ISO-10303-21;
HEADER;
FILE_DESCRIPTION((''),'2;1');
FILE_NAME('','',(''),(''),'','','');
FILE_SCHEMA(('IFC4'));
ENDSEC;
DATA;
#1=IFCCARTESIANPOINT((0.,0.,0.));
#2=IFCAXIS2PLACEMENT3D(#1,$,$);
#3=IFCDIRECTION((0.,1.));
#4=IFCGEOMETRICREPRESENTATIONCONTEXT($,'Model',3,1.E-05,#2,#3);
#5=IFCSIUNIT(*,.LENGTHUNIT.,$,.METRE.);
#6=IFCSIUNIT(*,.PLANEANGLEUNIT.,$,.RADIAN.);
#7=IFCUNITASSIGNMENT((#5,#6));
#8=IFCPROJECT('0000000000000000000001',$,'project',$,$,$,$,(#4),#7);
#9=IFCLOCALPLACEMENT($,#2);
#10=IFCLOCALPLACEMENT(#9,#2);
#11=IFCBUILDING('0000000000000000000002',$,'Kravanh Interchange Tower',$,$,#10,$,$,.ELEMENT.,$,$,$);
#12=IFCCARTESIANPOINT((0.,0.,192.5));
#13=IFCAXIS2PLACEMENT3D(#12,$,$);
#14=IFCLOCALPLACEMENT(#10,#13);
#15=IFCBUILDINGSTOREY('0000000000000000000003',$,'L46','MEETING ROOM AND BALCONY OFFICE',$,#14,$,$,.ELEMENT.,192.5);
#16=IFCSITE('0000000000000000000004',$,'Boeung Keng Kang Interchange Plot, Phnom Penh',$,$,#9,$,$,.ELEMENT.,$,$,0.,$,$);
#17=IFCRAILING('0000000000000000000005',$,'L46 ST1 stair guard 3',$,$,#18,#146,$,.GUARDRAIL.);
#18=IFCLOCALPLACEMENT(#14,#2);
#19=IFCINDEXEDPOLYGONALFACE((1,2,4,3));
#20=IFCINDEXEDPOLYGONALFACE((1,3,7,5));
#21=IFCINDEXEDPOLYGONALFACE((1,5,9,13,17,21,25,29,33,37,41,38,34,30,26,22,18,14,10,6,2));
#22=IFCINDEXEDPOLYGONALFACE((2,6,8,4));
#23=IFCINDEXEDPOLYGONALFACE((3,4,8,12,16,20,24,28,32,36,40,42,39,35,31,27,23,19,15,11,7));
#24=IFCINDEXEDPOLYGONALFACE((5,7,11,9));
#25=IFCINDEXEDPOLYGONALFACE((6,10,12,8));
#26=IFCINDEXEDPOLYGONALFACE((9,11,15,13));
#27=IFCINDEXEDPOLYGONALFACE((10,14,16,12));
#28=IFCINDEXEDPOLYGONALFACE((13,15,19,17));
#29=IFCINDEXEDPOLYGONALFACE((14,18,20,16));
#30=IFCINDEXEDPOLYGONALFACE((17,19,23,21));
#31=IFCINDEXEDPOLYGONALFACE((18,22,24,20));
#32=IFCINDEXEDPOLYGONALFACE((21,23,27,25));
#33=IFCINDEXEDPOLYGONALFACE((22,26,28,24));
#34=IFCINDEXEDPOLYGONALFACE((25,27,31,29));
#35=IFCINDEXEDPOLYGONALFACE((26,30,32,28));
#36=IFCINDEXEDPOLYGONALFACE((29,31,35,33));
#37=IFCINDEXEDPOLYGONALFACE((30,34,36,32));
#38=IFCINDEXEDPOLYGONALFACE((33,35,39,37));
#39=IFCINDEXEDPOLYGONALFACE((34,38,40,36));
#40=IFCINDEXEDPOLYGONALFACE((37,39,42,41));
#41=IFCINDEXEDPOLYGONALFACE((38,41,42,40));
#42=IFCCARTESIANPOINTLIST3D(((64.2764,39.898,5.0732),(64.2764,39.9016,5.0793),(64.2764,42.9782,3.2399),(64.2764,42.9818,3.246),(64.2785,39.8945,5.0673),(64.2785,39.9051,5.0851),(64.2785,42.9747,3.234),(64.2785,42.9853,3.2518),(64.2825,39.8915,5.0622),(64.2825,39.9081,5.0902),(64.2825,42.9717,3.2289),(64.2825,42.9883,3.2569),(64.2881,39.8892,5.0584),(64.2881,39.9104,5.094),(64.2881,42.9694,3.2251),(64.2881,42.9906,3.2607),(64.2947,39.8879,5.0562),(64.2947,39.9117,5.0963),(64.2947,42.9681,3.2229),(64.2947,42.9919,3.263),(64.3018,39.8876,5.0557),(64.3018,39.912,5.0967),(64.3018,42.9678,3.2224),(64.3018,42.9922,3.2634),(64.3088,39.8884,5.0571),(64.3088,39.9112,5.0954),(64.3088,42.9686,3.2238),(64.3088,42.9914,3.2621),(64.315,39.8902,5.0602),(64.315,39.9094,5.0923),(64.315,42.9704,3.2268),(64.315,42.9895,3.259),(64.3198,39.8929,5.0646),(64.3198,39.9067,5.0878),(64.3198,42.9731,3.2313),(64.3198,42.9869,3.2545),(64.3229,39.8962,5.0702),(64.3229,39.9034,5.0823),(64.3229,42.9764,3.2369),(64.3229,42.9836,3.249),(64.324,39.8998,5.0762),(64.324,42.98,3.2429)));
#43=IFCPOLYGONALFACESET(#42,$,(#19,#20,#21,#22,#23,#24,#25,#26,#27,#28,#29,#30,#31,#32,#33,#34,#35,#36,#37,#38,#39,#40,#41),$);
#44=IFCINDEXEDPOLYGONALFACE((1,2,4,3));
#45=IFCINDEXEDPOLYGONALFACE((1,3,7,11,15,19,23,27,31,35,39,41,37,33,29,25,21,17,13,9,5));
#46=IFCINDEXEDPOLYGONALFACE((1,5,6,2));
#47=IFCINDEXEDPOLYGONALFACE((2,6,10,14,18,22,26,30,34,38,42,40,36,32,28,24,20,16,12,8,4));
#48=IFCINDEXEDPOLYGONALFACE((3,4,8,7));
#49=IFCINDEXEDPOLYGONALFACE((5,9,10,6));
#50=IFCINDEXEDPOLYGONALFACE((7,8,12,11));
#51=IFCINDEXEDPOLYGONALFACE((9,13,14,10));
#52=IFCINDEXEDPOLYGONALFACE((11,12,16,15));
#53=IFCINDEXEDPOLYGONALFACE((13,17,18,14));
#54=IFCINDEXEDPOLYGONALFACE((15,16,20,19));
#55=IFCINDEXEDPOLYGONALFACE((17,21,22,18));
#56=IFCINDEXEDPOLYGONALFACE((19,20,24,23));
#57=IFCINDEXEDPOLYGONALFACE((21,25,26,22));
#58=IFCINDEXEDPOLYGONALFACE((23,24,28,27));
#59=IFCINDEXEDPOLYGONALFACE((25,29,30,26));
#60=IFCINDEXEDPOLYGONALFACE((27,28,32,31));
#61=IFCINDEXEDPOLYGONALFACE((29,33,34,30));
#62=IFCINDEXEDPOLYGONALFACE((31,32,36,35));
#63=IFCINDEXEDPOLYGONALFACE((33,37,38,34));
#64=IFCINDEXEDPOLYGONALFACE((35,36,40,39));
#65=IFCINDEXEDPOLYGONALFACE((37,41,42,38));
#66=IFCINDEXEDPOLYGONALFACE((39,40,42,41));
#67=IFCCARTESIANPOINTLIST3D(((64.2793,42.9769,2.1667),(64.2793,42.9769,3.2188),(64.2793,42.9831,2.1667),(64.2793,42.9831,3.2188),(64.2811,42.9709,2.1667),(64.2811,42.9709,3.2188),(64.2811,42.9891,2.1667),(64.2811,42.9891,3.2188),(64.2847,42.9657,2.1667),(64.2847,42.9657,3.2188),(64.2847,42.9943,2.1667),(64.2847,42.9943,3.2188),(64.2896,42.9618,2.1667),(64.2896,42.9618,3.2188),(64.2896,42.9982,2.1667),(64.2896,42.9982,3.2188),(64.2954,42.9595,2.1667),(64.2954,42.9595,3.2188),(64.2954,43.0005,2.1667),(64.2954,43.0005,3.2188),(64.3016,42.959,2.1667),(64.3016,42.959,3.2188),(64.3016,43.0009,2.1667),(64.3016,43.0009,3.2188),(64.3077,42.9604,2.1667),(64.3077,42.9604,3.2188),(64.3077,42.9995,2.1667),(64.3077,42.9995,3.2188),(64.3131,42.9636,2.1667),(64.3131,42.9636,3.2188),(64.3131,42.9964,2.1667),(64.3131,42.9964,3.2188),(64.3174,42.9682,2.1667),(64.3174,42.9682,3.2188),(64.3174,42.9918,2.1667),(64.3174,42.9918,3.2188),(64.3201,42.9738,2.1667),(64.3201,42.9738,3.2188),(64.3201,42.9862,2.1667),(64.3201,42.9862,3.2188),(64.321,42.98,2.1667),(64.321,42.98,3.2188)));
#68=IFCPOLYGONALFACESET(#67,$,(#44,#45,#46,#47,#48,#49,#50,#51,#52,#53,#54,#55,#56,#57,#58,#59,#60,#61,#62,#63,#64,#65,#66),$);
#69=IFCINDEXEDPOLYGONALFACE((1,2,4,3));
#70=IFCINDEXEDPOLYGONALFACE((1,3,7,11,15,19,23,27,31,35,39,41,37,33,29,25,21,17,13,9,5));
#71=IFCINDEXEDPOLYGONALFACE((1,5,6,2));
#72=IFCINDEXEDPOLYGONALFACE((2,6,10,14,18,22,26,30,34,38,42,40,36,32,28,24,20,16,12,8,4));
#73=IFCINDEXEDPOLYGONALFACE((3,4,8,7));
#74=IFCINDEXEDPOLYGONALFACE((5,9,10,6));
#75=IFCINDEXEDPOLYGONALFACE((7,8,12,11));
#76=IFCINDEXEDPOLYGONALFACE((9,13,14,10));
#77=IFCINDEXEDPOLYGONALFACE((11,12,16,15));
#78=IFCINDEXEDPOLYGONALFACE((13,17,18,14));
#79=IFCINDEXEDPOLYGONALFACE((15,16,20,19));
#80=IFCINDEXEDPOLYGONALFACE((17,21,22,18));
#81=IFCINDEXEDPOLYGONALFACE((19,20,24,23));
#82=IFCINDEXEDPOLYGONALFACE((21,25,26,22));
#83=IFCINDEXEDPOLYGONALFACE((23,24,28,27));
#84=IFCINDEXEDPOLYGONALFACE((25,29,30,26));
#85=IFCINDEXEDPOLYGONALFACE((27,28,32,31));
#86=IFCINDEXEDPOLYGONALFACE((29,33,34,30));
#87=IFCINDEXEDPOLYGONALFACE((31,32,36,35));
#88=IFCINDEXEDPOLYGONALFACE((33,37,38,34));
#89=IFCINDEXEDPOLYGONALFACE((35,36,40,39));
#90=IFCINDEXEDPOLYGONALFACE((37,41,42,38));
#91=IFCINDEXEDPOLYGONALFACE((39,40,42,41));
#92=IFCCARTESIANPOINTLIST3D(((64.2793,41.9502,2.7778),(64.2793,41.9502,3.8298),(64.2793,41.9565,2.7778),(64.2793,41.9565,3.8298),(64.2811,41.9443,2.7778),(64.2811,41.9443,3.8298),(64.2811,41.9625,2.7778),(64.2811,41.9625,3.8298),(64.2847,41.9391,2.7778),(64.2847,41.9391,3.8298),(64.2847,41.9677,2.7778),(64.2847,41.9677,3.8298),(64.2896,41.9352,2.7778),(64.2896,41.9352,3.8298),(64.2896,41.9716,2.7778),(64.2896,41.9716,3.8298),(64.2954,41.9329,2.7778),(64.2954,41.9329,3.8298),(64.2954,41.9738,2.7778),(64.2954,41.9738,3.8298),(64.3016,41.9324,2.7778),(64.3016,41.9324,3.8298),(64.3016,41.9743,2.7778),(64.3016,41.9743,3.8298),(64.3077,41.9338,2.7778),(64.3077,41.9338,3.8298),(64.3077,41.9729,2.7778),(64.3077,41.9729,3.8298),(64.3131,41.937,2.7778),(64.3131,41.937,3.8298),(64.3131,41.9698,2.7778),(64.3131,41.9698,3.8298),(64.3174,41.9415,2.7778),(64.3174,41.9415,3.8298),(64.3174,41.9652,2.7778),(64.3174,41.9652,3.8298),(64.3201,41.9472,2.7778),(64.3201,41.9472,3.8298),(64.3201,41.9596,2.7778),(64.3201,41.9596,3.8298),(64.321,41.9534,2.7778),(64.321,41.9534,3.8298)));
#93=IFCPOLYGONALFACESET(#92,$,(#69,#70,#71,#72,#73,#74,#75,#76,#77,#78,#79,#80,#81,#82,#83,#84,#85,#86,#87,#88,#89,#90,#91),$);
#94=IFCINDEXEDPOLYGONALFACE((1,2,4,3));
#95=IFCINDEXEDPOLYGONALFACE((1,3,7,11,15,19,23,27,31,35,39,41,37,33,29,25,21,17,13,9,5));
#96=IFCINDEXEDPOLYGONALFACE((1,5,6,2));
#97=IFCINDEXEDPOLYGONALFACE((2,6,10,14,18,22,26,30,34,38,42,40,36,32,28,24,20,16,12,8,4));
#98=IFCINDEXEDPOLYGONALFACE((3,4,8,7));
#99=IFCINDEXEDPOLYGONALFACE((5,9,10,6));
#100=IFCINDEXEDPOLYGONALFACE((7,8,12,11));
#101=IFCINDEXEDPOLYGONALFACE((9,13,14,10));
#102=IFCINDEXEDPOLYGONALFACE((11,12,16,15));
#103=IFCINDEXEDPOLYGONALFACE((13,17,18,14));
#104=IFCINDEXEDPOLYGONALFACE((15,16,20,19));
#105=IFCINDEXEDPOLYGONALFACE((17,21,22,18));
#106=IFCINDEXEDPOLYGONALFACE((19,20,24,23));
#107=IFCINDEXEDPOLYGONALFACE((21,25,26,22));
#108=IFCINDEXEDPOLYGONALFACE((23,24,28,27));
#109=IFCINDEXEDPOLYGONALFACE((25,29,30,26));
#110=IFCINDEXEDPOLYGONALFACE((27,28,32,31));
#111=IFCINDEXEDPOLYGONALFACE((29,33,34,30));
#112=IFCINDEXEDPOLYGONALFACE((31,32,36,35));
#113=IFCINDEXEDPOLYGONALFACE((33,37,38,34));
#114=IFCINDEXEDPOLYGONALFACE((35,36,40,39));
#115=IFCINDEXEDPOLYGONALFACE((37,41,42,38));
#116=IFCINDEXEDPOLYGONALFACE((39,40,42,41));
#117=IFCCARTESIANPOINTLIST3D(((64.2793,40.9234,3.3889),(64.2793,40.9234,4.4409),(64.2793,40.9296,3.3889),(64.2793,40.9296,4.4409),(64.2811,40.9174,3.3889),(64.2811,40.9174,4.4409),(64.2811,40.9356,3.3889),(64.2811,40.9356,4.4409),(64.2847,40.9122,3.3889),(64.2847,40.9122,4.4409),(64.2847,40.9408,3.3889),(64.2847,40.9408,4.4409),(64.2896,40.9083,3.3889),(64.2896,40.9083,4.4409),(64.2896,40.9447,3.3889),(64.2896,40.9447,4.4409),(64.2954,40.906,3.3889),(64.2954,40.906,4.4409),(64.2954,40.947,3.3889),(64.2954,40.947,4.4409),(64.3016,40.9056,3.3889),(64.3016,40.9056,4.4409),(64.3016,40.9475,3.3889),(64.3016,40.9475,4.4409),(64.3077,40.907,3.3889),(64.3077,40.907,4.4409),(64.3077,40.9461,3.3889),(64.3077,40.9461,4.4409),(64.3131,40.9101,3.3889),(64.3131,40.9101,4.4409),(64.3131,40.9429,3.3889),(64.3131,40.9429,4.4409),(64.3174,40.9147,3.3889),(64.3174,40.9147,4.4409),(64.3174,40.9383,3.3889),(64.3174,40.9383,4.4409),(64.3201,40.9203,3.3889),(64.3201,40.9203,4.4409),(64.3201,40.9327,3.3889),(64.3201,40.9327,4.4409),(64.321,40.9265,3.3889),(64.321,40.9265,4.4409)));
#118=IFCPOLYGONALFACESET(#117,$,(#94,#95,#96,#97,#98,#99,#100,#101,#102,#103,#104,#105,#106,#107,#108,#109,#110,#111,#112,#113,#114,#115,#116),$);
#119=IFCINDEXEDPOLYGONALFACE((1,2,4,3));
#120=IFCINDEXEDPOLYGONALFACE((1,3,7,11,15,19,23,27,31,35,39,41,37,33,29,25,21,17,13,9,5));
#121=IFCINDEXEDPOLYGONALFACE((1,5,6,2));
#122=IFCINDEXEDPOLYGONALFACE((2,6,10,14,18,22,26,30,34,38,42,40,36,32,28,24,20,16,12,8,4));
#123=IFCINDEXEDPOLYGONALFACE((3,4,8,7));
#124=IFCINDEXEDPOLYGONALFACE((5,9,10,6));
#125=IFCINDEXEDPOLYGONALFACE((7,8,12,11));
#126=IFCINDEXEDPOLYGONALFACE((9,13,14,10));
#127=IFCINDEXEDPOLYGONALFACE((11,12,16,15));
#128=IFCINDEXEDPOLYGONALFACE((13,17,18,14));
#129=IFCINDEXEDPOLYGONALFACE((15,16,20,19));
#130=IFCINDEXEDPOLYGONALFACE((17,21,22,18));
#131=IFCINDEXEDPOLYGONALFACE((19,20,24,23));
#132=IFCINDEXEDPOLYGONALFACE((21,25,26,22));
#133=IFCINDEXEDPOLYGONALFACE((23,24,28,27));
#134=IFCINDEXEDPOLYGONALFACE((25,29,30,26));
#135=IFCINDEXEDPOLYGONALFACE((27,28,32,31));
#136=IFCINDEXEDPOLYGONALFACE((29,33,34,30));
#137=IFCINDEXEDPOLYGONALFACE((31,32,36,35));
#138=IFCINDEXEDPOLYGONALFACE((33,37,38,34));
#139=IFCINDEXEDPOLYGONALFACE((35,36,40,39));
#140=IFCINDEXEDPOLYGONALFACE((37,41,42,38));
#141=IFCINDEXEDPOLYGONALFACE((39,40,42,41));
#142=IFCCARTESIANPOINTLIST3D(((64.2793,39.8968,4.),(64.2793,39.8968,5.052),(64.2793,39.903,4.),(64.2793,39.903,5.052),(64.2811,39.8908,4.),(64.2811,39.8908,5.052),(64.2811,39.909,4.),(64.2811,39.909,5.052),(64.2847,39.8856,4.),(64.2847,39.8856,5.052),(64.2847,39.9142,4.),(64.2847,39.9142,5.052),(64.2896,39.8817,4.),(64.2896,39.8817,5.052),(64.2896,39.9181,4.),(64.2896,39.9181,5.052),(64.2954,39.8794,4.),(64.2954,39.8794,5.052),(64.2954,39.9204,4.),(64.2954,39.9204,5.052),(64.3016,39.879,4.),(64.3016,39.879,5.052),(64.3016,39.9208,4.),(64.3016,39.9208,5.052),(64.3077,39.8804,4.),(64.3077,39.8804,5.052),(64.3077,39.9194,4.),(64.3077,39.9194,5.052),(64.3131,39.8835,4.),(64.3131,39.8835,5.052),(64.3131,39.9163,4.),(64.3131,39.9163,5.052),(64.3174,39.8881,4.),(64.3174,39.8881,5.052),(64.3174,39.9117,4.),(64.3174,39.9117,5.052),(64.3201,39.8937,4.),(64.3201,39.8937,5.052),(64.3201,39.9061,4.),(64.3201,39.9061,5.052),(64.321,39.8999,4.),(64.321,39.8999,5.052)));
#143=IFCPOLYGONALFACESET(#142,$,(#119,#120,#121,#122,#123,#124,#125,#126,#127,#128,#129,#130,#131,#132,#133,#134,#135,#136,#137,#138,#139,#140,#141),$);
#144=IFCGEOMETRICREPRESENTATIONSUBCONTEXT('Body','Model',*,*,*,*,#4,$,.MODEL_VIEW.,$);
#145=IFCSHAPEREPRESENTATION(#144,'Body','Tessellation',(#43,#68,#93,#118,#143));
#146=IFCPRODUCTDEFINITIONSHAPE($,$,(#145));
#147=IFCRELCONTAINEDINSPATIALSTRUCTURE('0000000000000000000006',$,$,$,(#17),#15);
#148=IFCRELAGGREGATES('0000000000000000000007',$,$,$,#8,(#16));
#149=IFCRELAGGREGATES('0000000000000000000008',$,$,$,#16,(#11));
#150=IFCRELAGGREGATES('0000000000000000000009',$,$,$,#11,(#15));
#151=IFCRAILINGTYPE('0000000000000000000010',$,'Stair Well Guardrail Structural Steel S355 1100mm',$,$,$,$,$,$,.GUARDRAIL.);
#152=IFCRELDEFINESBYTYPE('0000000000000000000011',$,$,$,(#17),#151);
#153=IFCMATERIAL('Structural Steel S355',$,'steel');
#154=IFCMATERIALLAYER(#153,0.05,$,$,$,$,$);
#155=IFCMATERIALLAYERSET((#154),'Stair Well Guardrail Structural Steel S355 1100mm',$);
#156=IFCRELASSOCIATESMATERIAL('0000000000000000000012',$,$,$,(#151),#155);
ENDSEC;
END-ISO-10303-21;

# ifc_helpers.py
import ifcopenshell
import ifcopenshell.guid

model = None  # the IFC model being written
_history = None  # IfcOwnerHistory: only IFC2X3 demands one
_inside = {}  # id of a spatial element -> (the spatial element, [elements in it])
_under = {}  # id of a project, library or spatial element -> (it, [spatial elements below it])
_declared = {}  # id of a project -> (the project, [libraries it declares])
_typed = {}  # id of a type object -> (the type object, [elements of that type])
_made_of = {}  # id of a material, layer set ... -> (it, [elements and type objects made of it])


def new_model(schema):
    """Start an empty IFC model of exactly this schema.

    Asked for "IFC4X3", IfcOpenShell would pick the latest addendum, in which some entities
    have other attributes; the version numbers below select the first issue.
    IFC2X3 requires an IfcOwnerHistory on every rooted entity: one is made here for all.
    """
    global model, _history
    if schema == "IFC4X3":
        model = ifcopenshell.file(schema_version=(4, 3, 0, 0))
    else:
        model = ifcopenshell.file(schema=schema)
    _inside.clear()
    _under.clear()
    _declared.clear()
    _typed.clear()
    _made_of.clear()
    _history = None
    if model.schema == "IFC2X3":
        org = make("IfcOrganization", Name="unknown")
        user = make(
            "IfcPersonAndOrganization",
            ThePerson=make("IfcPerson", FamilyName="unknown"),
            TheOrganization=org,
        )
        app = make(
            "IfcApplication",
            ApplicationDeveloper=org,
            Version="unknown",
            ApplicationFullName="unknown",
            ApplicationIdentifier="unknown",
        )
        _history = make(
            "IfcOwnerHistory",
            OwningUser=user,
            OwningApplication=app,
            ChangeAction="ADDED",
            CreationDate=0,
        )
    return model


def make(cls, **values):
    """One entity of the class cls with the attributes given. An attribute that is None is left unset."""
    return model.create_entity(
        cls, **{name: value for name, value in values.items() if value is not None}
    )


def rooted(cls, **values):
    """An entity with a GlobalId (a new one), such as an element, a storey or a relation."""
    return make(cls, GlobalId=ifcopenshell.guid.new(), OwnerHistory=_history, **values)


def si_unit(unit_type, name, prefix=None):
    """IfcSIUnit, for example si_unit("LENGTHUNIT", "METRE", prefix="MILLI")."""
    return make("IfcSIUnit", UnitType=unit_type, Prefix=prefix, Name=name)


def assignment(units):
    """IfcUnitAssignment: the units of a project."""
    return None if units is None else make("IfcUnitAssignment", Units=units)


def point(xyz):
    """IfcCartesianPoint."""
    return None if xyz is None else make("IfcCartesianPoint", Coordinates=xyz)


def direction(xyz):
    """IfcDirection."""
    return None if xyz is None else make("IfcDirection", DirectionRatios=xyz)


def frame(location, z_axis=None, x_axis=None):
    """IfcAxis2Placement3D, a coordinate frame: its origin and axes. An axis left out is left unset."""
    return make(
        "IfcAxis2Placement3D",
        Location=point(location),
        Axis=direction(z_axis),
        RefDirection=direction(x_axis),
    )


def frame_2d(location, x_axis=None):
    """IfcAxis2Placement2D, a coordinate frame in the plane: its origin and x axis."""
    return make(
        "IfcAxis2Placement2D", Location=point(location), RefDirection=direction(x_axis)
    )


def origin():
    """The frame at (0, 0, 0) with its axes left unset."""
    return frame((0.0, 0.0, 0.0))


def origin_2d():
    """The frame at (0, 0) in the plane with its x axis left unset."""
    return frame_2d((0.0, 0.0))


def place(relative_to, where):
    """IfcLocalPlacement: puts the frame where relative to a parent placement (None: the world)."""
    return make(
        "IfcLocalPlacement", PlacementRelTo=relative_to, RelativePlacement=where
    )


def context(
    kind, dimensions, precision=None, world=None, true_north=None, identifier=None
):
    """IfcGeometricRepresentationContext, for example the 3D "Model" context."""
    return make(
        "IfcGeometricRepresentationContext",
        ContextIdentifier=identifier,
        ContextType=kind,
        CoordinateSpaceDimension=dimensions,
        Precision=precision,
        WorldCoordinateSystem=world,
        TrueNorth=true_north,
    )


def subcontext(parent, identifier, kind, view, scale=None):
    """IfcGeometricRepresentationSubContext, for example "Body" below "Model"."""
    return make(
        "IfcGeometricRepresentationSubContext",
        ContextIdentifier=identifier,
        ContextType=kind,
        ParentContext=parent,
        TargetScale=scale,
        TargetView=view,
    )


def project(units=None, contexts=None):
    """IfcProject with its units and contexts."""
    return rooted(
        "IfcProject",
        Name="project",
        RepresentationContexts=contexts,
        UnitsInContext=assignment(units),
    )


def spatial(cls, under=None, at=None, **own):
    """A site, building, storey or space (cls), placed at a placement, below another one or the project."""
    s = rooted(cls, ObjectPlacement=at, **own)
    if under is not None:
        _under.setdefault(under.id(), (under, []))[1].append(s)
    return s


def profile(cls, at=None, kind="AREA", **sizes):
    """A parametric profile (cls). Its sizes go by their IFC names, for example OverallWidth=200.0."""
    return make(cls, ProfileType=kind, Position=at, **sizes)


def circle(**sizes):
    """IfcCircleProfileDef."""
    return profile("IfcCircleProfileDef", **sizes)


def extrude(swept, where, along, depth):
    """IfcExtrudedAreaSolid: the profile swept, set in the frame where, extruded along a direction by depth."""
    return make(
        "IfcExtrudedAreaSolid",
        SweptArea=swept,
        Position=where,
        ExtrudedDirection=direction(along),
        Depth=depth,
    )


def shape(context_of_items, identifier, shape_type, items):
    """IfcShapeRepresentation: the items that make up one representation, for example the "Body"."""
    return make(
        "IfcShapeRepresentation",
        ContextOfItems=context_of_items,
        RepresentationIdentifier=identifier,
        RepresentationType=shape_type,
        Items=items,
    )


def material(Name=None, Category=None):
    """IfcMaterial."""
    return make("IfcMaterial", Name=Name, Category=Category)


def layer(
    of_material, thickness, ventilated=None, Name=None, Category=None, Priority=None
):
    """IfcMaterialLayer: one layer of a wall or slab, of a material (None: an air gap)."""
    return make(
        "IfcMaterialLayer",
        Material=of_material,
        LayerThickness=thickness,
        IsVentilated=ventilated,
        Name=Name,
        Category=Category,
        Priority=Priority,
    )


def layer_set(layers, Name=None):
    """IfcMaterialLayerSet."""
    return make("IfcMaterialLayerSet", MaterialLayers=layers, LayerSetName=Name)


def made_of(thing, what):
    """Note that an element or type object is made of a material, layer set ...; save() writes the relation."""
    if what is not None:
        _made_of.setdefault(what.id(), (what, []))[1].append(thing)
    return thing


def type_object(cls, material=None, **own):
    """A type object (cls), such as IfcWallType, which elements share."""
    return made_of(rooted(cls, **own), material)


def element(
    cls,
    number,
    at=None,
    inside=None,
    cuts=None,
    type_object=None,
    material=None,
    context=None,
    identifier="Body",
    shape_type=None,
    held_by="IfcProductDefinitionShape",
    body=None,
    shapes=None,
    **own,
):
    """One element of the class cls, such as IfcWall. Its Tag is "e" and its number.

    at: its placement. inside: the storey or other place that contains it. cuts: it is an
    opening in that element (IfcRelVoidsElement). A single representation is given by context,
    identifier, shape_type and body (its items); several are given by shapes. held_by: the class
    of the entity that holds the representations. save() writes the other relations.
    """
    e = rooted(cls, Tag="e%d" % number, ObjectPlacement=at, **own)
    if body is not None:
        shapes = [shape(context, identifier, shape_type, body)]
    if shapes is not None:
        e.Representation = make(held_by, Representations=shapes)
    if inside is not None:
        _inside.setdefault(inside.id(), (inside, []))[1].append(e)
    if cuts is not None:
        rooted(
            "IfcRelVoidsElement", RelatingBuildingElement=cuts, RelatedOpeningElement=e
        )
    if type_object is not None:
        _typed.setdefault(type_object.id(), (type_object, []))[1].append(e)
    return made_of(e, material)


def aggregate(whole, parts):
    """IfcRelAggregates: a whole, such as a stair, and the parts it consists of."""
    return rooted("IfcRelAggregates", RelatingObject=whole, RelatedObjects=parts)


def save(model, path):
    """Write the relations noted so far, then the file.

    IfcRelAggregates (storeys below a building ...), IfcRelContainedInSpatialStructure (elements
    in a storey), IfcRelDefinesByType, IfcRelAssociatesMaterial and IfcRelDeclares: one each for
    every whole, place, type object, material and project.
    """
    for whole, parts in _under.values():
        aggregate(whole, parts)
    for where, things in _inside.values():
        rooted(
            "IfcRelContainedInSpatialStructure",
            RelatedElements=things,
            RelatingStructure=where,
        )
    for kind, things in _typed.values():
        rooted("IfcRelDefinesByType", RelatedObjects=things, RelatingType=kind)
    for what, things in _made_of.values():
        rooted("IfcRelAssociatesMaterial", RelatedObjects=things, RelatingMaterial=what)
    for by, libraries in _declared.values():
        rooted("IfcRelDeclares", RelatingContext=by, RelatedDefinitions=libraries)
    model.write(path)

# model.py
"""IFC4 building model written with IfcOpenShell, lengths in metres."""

from ifc_helpers import new_model, si_unit, direction, frame, origin, origin_2d, place, context, subcontext, project, spatial, circle, extrude, material, layer, layer_set, type_object, element, save


model = new_model("IFC4")

# Units and contexts
model_context = context("Model", 3, precision=1e-05, world=origin(), true_north=direction((0.0, 1.0)))
body_context = subcontext(model_context, "Body", "Model", "MODEL_VIEW")
ifc_project = project(units=[si_unit("LENGTHUNIT", "METRE"), si_unit("PLANEANGLEUNIT", "RADIAN")], contexts=[model_context])

# Site, building, storey
site_placement = place(None, origin())
site = spatial("IfcSite", under=ifc_project, at=site_placement, Name="Boeung Keng Kang Interchange Plot, Phnom Penh", CompositionType="ELEMENT", RefElevation=0.0)
building_placement = place(site_placement, origin())
building = spatial("IfcBuilding", under=site, at=building_placement, Name="Kravanh Interchange Tower", CompositionType="ELEMENT")
storey_placement = place(building_placement, frame((0.0, 0.0, 192.5)))
storey = spatial("IfcBuildingStorey", under=building, at=storey_placement, Name="L46", Description="MEETING ROOM AND BALCONY OFFICE", CompositionType="ELEMENT", Elevation=192.5)

# Railing
ifc_material_1 = material(Name="Structural Steel S355", Category="steel")
ifc_layer_1 = layer(ifc_material_1, 0.05)
ifc_layer_set_1 = layer_set([ifc_layer_1], Name="Stair Well Guardrail Structural Steel S355 1100mm")
railing_type_1 = type_object("IfcRailingType", Name="Stair Well Guardrail Structural Steel S355 1100mm", PredefinedType="GUARDRAIL", material=ifc_layer_set_1)
railing_1_placement = place(storey_placement, frame((64.3, 42.98, 2.1667)))
element("IfcRailing", 1, at=railing_1_placement, inside=storey, type_object=railing_type_1, Name="L46 ST1 stair guard 3", PredefinedType="GUARDRAIL", context=body_context, shape_type="SweptSolid", body=[
    extrude(circle(Radius=0.0239, at=origin_2d()), frame((0.0, 0.0, 1.0762), z_axis=(0.0, -0.859309, 0.511458), x_axis=(1.0, 0.0, 0.0)), (0.0, 0.0, 1.0), 3.5845),
    extrude(circle(Radius=0.021, at=origin_2d()), origin(), (0.0, 0.0, 1.0), 1.052),
    extrude(circle(Radius=0.021, at=origin_2d()), frame((0.0, -1.0266, 0.6111)), (0.0, 0.0, 1.0), 1.052),
    extrude(circle(Radius=0.021, at=origin_2d()), frame((0.0, -2.0535, 1.2222)), (0.0, 0.0, 1.0), 1.052),
    extrude(circle(Radius=0.021, at=origin_2d()), frame((0.0, -3.0801, 1.8333)), (0.0, 0.0, 1.0), 1.052),
])

save(model, "model.ifc")
